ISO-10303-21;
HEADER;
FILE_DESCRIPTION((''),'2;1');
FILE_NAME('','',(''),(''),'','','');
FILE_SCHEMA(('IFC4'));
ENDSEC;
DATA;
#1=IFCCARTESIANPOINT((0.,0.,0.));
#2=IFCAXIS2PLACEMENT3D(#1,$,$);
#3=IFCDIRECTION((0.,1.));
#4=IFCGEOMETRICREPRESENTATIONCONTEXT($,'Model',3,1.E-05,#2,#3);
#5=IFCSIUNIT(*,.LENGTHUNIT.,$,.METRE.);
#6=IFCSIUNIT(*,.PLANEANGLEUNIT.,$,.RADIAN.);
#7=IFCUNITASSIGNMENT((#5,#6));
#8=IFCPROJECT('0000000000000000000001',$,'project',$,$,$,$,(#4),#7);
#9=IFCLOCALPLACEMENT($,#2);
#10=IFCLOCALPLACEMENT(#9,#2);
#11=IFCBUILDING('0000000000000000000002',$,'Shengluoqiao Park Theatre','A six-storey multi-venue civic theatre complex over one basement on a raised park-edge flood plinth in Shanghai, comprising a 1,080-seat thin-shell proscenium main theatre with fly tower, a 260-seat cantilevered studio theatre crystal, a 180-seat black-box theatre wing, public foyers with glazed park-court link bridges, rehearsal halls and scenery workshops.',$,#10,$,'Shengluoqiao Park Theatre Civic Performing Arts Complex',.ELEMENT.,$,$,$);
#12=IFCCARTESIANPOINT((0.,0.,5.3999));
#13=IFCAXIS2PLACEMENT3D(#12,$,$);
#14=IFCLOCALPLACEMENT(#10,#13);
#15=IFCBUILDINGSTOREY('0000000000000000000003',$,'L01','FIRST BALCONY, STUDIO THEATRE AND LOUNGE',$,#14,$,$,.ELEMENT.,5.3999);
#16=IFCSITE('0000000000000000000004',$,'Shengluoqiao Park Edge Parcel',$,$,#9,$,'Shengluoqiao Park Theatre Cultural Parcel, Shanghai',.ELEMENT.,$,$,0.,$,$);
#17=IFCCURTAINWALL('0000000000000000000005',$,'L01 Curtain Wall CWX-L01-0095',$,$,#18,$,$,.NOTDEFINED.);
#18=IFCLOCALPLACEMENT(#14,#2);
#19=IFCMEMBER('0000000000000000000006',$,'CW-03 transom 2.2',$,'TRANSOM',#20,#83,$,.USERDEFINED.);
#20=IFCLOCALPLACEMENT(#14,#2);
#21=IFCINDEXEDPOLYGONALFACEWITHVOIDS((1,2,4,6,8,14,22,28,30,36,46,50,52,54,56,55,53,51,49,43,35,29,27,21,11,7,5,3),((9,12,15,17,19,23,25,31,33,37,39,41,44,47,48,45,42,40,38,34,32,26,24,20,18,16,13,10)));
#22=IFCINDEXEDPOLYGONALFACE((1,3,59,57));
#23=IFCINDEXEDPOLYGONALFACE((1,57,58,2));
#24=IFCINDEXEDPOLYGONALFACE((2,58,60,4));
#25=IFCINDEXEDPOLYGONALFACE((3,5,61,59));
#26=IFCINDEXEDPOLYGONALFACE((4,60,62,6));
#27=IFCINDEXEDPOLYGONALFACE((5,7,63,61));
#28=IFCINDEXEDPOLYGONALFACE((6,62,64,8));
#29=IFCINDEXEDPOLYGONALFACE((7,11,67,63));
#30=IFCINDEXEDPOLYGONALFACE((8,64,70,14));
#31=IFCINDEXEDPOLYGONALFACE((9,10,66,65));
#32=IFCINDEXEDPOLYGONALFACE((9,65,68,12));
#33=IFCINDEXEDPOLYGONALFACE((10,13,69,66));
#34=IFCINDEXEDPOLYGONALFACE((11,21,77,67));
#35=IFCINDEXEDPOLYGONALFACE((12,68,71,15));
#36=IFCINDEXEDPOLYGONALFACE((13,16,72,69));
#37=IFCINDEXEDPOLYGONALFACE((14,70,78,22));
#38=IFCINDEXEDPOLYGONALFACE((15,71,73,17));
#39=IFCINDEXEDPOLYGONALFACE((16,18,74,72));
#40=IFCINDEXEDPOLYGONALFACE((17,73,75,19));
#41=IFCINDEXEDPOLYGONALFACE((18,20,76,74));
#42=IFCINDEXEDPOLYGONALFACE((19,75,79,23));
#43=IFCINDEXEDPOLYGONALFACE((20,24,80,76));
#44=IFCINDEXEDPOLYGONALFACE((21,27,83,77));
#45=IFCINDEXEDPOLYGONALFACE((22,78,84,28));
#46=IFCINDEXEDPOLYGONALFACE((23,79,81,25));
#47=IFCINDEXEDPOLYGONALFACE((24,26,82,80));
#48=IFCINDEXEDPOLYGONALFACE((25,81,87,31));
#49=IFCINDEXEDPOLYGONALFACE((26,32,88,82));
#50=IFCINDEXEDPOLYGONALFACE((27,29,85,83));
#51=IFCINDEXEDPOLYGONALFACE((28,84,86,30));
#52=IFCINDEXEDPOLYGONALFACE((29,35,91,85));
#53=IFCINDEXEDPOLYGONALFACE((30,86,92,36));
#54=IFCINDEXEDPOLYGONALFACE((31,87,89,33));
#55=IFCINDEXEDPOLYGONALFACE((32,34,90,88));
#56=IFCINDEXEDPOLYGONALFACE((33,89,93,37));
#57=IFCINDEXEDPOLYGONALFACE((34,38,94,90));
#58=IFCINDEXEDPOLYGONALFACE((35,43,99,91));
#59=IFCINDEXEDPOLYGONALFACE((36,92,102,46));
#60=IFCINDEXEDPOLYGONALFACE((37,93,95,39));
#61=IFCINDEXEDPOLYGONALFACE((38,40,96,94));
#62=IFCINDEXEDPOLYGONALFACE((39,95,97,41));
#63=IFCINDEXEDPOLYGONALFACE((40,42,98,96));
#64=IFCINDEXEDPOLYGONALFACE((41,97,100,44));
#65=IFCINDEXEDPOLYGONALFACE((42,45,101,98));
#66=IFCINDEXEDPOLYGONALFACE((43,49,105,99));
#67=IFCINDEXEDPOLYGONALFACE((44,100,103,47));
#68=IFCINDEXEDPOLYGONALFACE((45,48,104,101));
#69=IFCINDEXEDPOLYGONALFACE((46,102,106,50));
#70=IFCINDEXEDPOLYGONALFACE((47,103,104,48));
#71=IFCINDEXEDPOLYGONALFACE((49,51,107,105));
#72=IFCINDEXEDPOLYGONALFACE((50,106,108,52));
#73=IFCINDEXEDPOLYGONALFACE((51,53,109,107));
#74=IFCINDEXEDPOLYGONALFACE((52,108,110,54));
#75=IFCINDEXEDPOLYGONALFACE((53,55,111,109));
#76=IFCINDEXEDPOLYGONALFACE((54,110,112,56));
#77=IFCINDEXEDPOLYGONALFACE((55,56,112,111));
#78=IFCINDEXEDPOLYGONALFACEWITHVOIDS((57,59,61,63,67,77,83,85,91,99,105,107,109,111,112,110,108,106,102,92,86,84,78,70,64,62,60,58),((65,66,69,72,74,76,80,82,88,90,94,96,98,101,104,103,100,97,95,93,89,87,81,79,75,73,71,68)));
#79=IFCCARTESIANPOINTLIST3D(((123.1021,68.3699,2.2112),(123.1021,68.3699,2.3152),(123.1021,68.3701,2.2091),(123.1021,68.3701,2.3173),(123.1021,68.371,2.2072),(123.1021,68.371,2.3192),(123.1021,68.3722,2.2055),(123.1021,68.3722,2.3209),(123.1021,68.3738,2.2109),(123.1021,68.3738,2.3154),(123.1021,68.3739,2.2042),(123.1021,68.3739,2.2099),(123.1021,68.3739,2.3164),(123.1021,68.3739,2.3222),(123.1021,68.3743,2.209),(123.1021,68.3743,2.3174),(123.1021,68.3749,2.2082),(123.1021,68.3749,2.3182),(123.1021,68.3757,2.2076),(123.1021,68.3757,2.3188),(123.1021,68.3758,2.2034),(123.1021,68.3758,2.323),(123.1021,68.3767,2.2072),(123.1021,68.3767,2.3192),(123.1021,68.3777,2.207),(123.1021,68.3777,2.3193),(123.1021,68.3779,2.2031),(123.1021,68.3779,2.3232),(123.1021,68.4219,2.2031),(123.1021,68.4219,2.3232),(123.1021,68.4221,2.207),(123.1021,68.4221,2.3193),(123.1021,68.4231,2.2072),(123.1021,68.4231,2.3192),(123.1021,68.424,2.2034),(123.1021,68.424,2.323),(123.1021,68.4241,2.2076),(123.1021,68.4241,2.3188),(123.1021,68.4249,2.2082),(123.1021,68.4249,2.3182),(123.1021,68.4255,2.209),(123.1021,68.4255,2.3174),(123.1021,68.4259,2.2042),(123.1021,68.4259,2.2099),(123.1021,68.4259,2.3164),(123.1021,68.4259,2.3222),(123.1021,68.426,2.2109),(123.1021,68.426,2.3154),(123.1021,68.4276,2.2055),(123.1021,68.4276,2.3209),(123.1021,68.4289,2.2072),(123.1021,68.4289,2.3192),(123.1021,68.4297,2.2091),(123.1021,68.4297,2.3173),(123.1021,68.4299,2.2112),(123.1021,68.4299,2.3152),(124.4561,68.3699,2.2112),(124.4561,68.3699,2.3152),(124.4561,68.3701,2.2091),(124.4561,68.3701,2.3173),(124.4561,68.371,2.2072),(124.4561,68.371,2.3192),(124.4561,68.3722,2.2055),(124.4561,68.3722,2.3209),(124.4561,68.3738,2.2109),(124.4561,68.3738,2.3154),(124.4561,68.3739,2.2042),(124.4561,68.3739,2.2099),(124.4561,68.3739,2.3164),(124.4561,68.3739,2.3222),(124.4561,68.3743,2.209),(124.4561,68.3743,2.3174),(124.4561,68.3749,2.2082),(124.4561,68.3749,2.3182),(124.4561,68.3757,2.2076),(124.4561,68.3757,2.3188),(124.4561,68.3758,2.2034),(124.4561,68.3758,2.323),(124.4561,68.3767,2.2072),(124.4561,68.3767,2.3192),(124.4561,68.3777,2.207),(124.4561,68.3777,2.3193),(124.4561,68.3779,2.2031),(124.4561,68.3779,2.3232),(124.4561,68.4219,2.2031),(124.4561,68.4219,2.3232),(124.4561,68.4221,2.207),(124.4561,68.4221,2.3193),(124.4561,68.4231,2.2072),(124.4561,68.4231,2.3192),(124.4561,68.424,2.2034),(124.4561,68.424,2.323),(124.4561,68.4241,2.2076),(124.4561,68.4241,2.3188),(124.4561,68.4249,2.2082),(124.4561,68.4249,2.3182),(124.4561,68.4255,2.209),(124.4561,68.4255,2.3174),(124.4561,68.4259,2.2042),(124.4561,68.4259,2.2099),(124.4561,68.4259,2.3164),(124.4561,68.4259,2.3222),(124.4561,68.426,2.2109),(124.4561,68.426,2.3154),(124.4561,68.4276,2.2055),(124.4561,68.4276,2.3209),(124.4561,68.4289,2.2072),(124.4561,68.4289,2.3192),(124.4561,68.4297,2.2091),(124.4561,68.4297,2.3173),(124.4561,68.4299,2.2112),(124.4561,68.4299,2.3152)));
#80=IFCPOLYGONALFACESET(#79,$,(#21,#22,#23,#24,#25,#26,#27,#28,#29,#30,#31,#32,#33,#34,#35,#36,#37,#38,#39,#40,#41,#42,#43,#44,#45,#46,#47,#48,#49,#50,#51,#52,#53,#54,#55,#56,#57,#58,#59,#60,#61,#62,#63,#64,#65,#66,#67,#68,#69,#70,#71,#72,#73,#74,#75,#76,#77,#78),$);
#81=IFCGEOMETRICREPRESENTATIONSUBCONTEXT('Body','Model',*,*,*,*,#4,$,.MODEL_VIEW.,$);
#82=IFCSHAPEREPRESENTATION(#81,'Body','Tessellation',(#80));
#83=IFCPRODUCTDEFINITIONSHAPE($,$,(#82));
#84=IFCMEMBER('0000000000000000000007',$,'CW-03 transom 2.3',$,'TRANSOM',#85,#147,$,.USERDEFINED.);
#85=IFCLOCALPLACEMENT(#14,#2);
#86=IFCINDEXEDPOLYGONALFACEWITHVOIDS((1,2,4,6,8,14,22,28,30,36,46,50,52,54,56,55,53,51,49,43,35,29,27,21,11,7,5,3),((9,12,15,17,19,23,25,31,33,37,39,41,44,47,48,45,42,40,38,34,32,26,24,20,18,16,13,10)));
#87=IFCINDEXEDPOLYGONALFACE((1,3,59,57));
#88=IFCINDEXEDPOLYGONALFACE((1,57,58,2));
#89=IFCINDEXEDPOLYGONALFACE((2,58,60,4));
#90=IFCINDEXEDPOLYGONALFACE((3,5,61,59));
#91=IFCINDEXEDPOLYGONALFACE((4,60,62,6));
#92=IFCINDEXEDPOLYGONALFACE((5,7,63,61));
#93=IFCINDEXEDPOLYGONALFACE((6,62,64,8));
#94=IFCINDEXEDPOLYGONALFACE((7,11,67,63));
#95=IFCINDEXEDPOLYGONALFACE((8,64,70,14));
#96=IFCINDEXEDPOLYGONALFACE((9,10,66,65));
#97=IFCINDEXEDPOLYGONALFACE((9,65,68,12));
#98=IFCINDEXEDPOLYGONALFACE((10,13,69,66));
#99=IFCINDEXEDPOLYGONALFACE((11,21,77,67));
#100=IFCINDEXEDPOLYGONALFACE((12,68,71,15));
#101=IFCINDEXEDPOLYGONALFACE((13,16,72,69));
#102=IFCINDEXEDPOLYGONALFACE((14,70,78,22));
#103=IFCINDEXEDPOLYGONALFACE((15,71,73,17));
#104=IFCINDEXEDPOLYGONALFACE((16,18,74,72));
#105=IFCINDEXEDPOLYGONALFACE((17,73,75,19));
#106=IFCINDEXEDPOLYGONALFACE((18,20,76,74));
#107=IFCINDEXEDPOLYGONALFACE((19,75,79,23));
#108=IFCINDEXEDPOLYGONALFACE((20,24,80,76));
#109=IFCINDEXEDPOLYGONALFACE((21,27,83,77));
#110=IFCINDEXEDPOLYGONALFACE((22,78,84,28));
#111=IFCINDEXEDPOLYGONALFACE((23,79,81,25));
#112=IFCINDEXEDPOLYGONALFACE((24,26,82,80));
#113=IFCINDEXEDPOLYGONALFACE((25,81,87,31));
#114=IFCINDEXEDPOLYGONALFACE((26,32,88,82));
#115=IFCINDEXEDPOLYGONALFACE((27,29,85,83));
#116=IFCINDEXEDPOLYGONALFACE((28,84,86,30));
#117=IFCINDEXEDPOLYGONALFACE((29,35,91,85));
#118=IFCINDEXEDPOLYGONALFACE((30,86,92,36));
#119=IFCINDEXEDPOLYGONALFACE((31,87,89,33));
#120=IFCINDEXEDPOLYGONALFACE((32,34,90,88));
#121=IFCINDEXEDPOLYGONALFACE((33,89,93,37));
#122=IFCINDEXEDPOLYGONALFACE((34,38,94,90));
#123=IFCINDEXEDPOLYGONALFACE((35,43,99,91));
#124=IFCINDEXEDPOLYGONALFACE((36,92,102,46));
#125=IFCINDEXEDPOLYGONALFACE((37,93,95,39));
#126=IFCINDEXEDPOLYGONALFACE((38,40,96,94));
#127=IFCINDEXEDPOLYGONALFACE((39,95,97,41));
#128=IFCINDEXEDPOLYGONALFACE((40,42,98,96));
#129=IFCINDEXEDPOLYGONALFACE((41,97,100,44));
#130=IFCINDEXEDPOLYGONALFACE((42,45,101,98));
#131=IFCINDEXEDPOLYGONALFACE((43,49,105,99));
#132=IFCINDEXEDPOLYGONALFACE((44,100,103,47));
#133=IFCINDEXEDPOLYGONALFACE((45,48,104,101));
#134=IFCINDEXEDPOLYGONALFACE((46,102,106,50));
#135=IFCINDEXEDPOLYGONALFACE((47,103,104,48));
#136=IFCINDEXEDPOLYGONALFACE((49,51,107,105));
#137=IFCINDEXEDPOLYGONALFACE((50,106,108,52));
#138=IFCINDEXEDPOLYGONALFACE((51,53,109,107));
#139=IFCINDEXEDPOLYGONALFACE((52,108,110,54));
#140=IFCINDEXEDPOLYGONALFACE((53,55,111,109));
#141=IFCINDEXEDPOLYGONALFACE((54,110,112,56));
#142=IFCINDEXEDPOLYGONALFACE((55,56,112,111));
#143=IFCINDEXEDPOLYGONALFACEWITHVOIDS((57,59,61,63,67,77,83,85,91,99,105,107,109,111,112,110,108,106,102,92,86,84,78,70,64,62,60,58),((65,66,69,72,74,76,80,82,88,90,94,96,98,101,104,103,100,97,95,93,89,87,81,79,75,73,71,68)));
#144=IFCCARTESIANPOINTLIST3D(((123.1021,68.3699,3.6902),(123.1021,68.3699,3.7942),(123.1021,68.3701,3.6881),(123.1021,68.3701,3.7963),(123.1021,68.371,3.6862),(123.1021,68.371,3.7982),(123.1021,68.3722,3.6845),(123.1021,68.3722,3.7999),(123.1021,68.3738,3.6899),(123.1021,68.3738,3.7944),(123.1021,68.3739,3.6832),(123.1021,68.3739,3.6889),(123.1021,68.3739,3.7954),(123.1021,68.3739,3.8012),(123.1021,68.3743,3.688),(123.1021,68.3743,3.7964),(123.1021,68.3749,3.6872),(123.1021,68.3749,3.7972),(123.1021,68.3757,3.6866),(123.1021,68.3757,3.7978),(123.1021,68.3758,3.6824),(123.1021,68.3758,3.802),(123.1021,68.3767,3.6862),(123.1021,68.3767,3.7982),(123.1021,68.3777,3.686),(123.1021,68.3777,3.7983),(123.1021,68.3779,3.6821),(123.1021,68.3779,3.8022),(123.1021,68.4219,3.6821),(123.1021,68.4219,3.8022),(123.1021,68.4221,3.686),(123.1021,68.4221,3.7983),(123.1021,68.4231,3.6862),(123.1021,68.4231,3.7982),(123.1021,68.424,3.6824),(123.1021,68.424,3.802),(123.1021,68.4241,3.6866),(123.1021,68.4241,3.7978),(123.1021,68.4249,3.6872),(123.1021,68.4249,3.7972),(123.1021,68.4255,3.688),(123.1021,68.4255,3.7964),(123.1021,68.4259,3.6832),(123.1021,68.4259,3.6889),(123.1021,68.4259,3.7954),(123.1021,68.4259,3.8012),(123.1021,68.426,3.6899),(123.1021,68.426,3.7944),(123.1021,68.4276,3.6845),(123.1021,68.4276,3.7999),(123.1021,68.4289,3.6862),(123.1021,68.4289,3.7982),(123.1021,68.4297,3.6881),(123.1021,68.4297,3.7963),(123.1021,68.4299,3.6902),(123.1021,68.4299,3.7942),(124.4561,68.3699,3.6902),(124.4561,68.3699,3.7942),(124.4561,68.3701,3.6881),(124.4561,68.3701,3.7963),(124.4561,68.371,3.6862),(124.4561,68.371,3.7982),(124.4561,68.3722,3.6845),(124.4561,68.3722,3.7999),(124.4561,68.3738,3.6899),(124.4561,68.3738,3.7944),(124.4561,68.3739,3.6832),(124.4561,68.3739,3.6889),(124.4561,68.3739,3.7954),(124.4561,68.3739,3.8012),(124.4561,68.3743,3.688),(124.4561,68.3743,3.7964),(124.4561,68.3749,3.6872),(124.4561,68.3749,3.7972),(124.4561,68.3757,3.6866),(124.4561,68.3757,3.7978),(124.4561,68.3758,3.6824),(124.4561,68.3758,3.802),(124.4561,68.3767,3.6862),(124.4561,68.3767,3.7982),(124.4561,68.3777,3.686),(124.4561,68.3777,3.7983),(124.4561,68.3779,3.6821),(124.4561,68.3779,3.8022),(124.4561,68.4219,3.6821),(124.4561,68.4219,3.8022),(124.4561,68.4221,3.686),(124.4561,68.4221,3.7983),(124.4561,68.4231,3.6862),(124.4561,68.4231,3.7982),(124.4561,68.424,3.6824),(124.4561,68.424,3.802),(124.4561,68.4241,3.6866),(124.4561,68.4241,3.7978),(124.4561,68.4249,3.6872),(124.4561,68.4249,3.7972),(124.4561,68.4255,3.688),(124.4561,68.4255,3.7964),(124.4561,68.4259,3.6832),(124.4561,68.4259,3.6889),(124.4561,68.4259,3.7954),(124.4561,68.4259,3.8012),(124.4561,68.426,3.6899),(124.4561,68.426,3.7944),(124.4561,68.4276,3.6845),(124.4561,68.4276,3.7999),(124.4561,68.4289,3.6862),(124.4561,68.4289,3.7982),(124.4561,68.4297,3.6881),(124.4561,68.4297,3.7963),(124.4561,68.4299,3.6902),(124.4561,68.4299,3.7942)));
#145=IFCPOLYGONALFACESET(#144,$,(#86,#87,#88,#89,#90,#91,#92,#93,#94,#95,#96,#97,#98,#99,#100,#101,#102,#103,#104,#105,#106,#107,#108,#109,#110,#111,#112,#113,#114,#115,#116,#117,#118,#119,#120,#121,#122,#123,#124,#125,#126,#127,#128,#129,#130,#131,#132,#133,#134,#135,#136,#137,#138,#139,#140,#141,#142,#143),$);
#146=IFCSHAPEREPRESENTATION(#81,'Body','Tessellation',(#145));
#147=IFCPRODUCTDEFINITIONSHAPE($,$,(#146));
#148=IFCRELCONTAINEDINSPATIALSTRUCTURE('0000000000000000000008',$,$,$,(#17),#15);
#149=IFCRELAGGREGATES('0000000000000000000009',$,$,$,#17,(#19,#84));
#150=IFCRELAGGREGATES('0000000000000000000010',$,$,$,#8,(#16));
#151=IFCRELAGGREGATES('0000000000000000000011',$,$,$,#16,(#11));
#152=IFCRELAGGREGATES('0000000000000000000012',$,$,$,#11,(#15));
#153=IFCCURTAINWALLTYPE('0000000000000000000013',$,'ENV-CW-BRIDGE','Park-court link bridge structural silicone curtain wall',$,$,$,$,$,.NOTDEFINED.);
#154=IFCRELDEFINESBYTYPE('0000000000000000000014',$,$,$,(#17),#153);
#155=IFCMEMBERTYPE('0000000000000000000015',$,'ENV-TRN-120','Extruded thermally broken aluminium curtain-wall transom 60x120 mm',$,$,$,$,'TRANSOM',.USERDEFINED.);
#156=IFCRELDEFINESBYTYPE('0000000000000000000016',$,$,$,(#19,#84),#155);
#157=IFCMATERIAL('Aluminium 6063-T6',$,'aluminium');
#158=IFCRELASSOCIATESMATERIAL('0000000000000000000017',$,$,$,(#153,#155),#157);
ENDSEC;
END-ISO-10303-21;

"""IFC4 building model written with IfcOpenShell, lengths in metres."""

from ifc_helpers import new_model, si_unit, direction, frame, origin, origin_2d, place, context, subcontext, project, spatial, hollow_rectangle, extrude, material, material_profile, profile_set, type_object, element, aggregate, save


model = new_model("IFC4")

# Units and contexts
model_context = context("Model", 3, precision=1e-05, world=origin(), true_north=direction((0.0, 1.0)))
body_context = subcontext(model_context, "Body", "Model", "MODEL_VIEW")
ifc_project = project(units=[si_unit("LENGTHUNIT", "METRE"), si_unit("PLANEANGLEUNIT", "RADIAN")], contexts=[model_context])

# Site, building, storey
site_placement = place(None, origin())
site = spatial("IfcSite", under=ifc_project, at=site_placement, Name="Shengluoqiao Park Edge Parcel", LongName="Shengluoqiao Park Theatre Cultural Parcel, Shanghai", CompositionType="ELEMENT", RefElevation=0.0)
building_placement = place(site_placement, origin())
building = spatial("IfcBuilding", under=site, at=building_placement, Name="Shengluoqiao Park Theatre", Description="A six-storey multi-venue civic theatre complex over one basement on a raised park-edge flood plinth in Shanghai, comprising a 1,080-seat thin-shell proscenium main theatre with fly tower, a 260-seat cantilevered studio theatre crystal, a 180-seat black-box theatre wing, public foyers with glazed park-court link bridges, rehearsal halls and scenery workshops.", LongName="Shengluoqiao Park Theatre Civic Performing Arts Complex", CompositionType="ELEMENT")
storey_placement = place(building_placement, frame((0.0, 0.0, 5.3999)))
storey = spatial("IfcBuildingStorey", under=building, at=storey_placement, Name="L01", Description="FIRST BALCONY, STUDIO THEATRE AND LOUNGE", CompositionType="ELEMENT", Elevation=5.3999)

# Shared definitions
ifc_material_1 = material(Name="Aluminium 6063-T6", Category="aluminium")
curtain_wall_type = type_object("IfcCurtainWallType", Name="ENV-CW-BRIDGE", Description="Park-court link bridge structural silicone curtain wall", PredefinedType="NOTDEFINED", material=ifc_material_1)

# Curtain wall, members
curtain_wall_1_placement = place(storey_placement, origin())
curtain_wall_1 = element("IfcCurtainWall", 1, at=curtain_wall_1_placement, inside=storey, type_object=curtain_wall_type, Name="L01 Curtain Wall CWX-L01-0095", PredefinedType="NOTDEFINED")
ifc_material_profile_1 = material_profile(ifc_material_1, hollow_rectangle(XDim=0.0601, YDim=0.1201, WallThickness=0.0039, InnerFilletRadius=0.0039, OuterFilletRadius=0.0081, at=origin_2d()), Name="ALU TRANSOM 120x60x4")
ifc_profile_set_1 = profile_set([ifc_material_profile_1], Name="Aluminium 6063-T6")
member_type_1 = type_object("IfcMemberType", Name="ENV-TRN-120", Description="Extruded thermally broken aluminium curtain-wall transom 60x120 mm", ElementType="TRANSOM", PredefinedType="USERDEFINED", material=ifc_profile_set_1)
member_1_placement = place(storey_placement, frame((123.1021, 68.3999, 2.2632), z_axis=(1.0, 0.0, 0.0), x_axis=(0.0, 1.0, 0.0)))
member_1 = element("IfcMember", 2, at=member_1_placement, type_object=member_type_1, Name="CW-03 transom 2.2", ObjectType="TRANSOM", PredefinedType="USERDEFINED", context=body_context, shape_type="SweptSolid", body=[
    extrude(hollow_rectangle(XDim=0.0601, YDim=0.1201, WallThickness=0.0039, InnerFilletRadius=0.0039, OuterFilletRadius=0.0081, at=origin_2d()), origin(), (0.0, 0.0, 1.0), 1.354),
])
member_2_placement = place(storey_placement, frame((123.1021, 68.3999, 3.7422), z_axis=(1.0, 0.0, 0.0), x_axis=(0.0, 1.0, 0.0)))
member_2 = element("IfcMember", 3, at=member_2_placement, type_object=member_type_1, Name="CW-03 transom 2.3", ObjectType="TRANSOM", PredefinedType="USERDEFINED", context=body_context, shape_type="SweptSolid", body=[
    extrude(hollow_rectangle(XDim=0.0601, YDim=0.1201, WallThickness=0.0039, InnerFilletRadius=0.0039, OuterFilletRadius=0.0081, at=origin_2d()), origin(), (0.0, 0.0, 1.0), 1.354),
])

aggregate(curtain_wall_1, [member_1, member_2])

save(model, "model.ifc")
